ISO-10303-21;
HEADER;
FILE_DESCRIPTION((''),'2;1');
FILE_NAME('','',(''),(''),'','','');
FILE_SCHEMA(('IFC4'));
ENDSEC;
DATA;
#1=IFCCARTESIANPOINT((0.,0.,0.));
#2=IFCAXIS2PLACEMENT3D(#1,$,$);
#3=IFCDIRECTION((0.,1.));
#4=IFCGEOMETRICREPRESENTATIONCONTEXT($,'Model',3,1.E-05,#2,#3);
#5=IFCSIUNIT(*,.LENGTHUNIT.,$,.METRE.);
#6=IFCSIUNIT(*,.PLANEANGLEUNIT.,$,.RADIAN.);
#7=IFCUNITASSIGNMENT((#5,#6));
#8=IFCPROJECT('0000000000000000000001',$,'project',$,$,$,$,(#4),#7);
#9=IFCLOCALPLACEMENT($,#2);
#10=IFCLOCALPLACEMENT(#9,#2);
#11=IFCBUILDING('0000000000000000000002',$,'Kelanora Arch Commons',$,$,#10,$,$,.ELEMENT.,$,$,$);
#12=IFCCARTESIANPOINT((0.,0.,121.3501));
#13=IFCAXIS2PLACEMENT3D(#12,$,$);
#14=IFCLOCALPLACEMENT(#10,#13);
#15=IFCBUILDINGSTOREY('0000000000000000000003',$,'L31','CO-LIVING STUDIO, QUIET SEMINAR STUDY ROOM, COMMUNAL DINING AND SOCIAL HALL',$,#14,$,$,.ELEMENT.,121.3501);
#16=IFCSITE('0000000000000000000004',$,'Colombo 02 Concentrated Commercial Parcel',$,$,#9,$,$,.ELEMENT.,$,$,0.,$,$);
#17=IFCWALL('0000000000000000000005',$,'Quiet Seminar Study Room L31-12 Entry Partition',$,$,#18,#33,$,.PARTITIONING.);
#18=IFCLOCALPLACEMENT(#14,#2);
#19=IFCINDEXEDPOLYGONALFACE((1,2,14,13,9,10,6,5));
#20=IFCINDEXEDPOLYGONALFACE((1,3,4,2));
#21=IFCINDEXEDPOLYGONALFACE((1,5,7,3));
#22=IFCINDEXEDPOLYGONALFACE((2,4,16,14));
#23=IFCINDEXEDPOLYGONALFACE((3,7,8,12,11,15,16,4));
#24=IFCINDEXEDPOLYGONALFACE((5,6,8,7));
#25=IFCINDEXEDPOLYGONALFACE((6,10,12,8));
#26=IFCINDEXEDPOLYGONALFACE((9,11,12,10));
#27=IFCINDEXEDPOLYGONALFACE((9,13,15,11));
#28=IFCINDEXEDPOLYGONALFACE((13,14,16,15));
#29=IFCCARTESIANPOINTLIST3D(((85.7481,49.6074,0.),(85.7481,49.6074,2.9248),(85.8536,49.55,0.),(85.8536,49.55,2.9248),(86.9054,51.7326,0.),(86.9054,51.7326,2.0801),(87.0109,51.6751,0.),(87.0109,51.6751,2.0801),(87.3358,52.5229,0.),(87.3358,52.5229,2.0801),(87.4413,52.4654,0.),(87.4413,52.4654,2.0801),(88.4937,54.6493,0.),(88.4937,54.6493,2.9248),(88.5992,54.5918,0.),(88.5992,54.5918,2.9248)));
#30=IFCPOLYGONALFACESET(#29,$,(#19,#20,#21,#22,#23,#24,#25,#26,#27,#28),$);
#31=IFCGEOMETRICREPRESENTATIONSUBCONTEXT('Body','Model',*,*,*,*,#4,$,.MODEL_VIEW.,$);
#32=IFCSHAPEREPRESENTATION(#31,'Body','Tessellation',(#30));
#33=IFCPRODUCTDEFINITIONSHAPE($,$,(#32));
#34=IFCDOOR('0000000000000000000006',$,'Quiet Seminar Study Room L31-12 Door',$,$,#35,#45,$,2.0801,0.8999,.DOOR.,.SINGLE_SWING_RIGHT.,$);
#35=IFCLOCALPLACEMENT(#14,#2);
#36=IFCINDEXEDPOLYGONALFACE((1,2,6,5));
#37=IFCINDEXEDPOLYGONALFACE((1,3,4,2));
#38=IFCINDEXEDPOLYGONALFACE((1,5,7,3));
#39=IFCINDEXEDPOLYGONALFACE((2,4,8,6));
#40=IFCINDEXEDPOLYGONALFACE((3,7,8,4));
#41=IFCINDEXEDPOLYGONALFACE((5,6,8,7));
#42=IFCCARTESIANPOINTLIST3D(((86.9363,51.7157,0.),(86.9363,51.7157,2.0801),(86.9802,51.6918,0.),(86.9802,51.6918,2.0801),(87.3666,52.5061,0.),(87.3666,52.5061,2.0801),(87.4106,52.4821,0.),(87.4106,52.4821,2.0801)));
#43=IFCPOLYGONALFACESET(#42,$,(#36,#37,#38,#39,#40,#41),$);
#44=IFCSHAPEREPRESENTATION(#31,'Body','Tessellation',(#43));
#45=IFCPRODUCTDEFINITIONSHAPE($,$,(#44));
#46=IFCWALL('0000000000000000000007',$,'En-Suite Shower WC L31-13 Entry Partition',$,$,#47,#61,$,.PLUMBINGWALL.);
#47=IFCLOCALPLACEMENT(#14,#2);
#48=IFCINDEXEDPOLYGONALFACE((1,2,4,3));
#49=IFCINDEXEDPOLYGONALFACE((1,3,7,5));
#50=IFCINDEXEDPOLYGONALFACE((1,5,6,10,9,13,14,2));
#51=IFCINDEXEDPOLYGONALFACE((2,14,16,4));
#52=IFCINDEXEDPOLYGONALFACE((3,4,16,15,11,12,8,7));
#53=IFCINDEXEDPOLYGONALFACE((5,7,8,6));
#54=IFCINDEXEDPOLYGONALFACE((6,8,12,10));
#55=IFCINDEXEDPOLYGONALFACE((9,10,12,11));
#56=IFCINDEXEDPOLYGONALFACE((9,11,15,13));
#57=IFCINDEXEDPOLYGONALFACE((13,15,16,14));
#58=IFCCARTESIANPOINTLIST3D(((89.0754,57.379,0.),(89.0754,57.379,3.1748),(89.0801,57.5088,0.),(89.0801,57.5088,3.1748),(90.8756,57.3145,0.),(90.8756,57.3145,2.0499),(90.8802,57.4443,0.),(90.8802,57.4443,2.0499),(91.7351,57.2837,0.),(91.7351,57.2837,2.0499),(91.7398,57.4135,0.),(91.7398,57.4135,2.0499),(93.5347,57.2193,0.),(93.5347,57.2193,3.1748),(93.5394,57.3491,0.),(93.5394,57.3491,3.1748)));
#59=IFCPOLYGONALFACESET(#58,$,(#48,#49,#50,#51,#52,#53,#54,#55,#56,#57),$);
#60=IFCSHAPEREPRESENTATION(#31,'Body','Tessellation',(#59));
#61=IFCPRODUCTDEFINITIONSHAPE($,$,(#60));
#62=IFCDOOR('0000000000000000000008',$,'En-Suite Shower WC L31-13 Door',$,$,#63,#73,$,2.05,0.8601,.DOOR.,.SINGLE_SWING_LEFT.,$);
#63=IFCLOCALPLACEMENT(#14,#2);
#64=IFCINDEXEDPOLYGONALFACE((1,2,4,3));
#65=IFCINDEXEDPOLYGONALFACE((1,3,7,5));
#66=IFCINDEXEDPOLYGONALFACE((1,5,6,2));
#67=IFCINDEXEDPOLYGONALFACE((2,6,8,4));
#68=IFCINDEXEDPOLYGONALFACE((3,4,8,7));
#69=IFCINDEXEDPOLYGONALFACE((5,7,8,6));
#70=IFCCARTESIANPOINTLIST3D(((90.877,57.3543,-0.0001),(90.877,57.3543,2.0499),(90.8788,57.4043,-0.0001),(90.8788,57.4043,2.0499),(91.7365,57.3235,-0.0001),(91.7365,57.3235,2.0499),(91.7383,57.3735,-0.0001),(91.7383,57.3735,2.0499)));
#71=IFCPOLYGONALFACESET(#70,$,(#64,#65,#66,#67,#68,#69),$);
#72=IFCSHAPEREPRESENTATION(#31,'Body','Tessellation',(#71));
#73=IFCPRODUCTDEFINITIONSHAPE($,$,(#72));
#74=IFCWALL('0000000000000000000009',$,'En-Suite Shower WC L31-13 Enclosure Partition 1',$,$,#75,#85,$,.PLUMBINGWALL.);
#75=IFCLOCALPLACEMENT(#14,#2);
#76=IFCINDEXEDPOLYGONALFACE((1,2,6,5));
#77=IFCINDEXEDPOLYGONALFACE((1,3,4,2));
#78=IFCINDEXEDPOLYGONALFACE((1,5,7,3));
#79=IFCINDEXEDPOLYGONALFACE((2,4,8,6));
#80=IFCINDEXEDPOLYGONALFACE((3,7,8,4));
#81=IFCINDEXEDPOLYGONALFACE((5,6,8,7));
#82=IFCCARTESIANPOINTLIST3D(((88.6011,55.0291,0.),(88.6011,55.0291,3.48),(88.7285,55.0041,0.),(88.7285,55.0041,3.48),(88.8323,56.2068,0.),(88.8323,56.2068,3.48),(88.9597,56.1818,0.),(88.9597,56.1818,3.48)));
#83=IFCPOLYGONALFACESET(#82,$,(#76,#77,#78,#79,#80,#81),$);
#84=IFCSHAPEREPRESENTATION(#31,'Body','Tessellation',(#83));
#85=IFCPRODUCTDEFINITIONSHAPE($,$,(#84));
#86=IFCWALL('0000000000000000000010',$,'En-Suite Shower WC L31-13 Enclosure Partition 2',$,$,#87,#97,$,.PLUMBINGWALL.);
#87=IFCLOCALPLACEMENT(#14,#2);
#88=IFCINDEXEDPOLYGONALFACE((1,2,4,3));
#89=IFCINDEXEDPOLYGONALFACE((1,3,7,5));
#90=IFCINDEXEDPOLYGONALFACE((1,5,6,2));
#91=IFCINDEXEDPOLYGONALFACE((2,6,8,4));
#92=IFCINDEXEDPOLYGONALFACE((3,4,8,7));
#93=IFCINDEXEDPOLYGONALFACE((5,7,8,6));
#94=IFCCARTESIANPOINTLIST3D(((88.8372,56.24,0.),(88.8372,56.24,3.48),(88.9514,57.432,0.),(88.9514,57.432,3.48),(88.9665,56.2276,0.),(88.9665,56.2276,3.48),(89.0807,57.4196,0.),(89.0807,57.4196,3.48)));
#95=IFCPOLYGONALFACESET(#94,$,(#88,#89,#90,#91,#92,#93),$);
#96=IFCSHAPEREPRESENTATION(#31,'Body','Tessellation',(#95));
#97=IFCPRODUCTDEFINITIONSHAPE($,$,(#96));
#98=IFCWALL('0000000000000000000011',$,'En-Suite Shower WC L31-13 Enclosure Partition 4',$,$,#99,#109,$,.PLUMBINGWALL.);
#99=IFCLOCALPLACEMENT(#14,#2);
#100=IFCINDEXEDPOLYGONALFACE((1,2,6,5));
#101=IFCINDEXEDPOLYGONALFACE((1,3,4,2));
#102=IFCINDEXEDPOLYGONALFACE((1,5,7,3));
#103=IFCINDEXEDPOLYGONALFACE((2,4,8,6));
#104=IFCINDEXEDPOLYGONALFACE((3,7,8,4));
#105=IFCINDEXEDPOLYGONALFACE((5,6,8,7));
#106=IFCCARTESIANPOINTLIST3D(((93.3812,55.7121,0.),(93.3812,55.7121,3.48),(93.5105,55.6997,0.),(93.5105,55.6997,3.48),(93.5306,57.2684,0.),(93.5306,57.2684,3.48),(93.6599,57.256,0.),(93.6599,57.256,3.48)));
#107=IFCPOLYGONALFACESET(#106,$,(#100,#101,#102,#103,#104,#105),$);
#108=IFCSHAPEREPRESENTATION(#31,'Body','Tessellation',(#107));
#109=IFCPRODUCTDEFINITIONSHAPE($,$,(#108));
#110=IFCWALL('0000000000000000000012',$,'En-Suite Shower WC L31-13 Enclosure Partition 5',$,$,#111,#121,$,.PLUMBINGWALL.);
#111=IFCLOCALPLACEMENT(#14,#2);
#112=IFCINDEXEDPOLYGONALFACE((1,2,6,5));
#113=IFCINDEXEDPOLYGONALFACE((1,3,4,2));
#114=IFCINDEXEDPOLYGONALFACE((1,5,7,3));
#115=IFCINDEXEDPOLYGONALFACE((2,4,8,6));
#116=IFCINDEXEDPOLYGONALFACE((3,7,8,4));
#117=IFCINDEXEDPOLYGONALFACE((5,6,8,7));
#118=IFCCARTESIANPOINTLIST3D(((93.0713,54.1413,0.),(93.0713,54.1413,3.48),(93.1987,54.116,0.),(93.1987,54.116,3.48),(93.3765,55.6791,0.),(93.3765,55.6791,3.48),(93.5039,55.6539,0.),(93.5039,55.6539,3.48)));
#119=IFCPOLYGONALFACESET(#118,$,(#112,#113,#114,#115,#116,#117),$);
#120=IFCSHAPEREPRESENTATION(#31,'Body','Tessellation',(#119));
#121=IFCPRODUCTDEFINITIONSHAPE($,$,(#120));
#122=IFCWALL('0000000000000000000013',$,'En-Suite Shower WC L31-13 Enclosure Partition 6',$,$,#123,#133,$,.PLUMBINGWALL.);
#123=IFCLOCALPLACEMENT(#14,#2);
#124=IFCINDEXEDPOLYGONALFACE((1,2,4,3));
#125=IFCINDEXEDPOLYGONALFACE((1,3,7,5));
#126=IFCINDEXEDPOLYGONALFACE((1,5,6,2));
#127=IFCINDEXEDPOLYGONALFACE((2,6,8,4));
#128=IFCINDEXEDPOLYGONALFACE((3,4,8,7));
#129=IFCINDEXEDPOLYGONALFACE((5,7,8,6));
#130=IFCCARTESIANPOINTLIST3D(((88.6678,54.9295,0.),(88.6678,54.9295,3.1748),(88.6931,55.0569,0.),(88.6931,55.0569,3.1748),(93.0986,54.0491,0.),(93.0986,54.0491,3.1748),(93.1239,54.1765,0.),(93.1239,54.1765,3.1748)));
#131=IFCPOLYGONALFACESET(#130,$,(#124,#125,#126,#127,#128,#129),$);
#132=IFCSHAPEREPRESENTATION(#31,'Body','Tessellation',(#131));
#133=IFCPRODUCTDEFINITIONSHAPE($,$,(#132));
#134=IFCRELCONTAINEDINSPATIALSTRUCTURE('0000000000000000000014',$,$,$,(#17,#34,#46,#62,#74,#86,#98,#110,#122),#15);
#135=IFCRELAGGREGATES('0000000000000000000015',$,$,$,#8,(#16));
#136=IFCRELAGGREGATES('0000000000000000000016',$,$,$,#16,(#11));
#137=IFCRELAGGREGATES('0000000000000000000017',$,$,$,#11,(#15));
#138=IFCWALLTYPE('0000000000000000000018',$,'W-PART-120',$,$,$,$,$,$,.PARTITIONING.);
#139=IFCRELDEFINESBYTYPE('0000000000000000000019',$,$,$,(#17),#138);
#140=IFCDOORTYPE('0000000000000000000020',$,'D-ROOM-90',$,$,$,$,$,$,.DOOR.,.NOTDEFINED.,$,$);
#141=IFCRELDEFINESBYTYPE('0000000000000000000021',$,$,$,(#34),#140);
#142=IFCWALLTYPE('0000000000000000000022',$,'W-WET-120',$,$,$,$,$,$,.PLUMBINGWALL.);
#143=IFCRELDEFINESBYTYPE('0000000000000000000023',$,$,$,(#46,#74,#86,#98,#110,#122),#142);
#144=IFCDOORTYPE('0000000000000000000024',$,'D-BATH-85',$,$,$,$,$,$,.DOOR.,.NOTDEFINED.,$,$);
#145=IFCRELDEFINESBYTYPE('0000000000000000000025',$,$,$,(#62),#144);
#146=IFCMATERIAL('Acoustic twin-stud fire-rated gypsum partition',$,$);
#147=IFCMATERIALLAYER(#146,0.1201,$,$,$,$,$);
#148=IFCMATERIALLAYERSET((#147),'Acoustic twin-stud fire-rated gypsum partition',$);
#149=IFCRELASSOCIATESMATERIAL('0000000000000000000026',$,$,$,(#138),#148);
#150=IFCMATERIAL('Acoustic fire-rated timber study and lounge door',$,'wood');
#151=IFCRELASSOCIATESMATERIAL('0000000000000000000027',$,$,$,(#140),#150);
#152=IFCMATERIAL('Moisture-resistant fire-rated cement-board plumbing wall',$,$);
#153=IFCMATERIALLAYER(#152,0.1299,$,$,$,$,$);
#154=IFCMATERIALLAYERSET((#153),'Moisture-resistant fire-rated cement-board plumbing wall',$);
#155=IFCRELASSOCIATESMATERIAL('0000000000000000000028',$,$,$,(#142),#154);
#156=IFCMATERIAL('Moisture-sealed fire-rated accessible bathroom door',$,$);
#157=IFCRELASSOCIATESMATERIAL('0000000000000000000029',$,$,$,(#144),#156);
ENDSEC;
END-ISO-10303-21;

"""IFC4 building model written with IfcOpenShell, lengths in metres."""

from ifc_helpers import new_model, si_unit, direction, frame, frame_2d, origin, place, context, subcontext, project, spatial, rectangle, extrude, material, layer, layer_set, type_object, element, fill, save


model = new_model("IFC4")

# Units and contexts
model_context = context("Model", 3, precision=1e-05, world=origin(), true_north=direction((0.0, 1.0)))
body_context = subcontext(model_context, "Body", "Model", "MODEL_VIEW")
ifc_project = project(units=[si_unit("LENGTHUNIT", "METRE"), si_unit("PLANEANGLEUNIT", "RADIAN")], contexts=[model_context])

# Site, building, storey
site_placement = place(None, origin())
site = spatial("IfcSite", under=ifc_project, at=site_placement, Name="Colombo 02 Concentrated Commercial Parcel", CompositionType="ELEMENT", RefElevation=0.0)
building_placement = place(site_placement, origin())
building = spatial("IfcBuilding", under=site, at=building_placement, Name="Kelanora Arch Commons", CompositionType="ELEMENT")
storey_placement = place(building_placement, frame((0.0, 0.0, 121.3501)))
storey = spatial("IfcBuildingStorey", under=building, at=storey_placement, Name="L31", Description="CO-LIVING STUDIO, QUIET SEMINAR STUDY ROOM, COMMUNAL DINING AND SOCIAL HALL", CompositionType="ELEMENT", Elevation=121.3501)

# Walls, openings, doors
ifc_material_1 = material(Name="Acoustic twin-stud fire-rated gypsum partition")
ifc_layer_1 = layer(ifc_material_1, 0.1201)
ifc_layer_set_1 = layer_set([ifc_layer_1], Name="Acoustic twin-stud fire-rated gypsum partition")
wall_type_1 = type_object("IfcWallType", Name="W-PART-120", PredefinedType="PARTITIONING", material=ifc_layer_set_1)
wall_1_placement = place(storey_placement, frame((85.8008, 49.5786, 0.0), z_axis=(0.0, 0.0, 1.0), x_axis=(0.478256, 0.87822, 0.0)))
wall_1 = element("IfcWall", 1, at=wall_1_placement, inside=storey, type_object=wall_type_1, Name="Quiet Seminar Study Room L31-12 Entry Partition", PredefinedType="PARTITIONING", context=body_context, shape_type="SweptSolid", body=[
    extrude(rectangle(XDim=5.741, YDim=0.1201, at=frame_2d((2.8706, 0.0))), origin(), (0.0, 0.0, 1.0), 2.9248),
])
opening_1_placement = place(wall_1_placement, frame((2.4199, 0.0, 0.0)))
opening_1 = element("IfcOpeningElement", 2, at=opening_1_placement, cuts=wall_1, PredefinedType="OPENING", context=body_context, shape_type="SweptSolid", body=[
    extrude(rectangle(XDim=0.8999, YDim=2.0801, at=frame_2d((0.45, 1.04))), frame((0.0, 0.0701, 0.0), z_axis=(0.0, -1.0, 0.0), x_axis=(1.0, 0.0, 0.0)), (0.0, 0.0, 1.0), 0.1401),
])
ifc_material_2 = material(Name="Acoustic fire-rated timber study and lounge door", Category="wood")
door_type_1 = type_object("IfcDoorType", Name="D-ROOM-90", OperationType="NOTDEFINED", PredefinedType="DOOR", material=ifc_material_2)
door_1_placement = place(opening_1_placement, origin())
door_1 = element("IfcDoor", 3, at=door_1_placement, inside=storey, type_object=door_type_1, Name="Quiet Seminar Study Room L31-12 Door", OperationType="SINGLE_SWING_RIGHT", OverallHeight=2.0801, OverallWidth=0.8999, PredefinedType="DOOR", context=body_context, shape_type="SweptSolid", body=[
    extrude(rectangle(XDim=0.8999, YDim=2.0801, at=frame_2d((0.45, 1.04))), frame((0.0, 0.0249, 0.0), z_axis=(0.0, -1.0, 0.0), x_axis=(1.0, 0.0, 0.0)), (0.0, 0.0, 1.0), 0.05),
])
fill(opening_1, door_1)
ifc_material_3 = material(Name="Moisture-resistant fire-rated cement-board plumbing wall")
ifc_layer_2 = layer(ifc_material_3, 0.1299)
ifc_layer_set_2 = layer_set([ifc_layer_2], Name="Moisture-resistant fire-rated cement-board plumbing wall")
wall_type_2 = type_object("IfcWallType", Name="W-WET-120", PredefinedType="PLUMBINGWALL", material=ifc_layer_set_2)
wall_2_placement = place(storey_placement, frame((89.0779, 57.4438, 0.0), z_axis=(0.0, 0.0, 1.0), x_axis=(0.99936, -0.035783, 0.0)))
wall_2 = element("IfcWall", 4, at=wall_2_placement, inside=storey, type_object=wall_type_2, Name="En-Suite Shower WC L31-13 Entry Partition", PredefinedType="PLUMBINGWALL", context=body_context, shape_type="SweptSolid", body=[
    extrude(rectangle(XDim=4.4622, YDim=0.1299, at=frame_2d((2.231, 0.0))), origin(), (0.0, 0.0, 1.0), 3.1748),
])
opening_2_placement = place(wall_2_placement, frame((1.801, 0.0, 0.0)))
opening_2 = element("IfcOpeningElement", 5, at=opening_2_placement, cuts=wall_2, PredefinedType="OPENING", context=body_context, shape_type="SweptSolid", body=[
    extrude(rectangle(XDim=0.8601, YDim=2.05, at=frame_2d((0.4302, 1.0249))), frame((0.0, 0.075, 0.0), z_axis=(0.0, -1.0, 0.0), x_axis=(1.0, 0.0, 0.0)), (0.0, 0.0, 1.0), 0.1499),
])
ifc_material_4 = material(Name="Moisture-sealed fire-rated accessible bathroom door")
door_type_2 = type_object("IfcDoorType", Name="D-BATH-85", OperationType="NOTDEFINED", PredefinedType="DOOR", material=ifc_material_4)
door_2_placement = place(opening_2_placement, origin())
door_2 = element("IfcDoor", 6, at=door_2_placement, inside=storey, type_object=door_type_2, Name="En-Suite Shower WC L31-13 Door", OperationType="SINGLE_SWING_LEFT", OverallHeight=2.05, OverallWidth=0.8601, PredefinedType="DOOR", context=body_context, shape_type="SweptSolid", body=[
    extrude(rectangle(XDim=0.8601, YDim=2.05, at=frame_2d((0.4302, 1.0249))), frame((0.0, 0.0249, 0.0), z_axis=(0.0, -1.0, 0.0), x_axis=(1.0, 0.0, 0.0)), (0.0, 0.0, 1.0), 0.05),
])
fill(opening_2, door_2)

# Walls
wall_3_placement = place(storey_placement, frame((88.6648, 55.0166, 0.0), z_axis=(0.0, 0.0, 1.0), x_axis=(0.192633, 0.981271, 0.0)))
element("IfcWall", 7, at=wall_3_placement, inside=storey, type_object=wall_type_2, Name="En-Suite Shower WC L31-13 Enclosure Partition 1", PredefinedType="PLUMBINGWALL", context=body_context, shape_type="SweptSolid", body=[
    extrude(rectangle(XDim=1.2002, YDim=0.1299, at=frame_2d((0.6001, 0.0))), origin(), (0.0, 0.0, 1.0), 3.48),
])
wall_4_placement = place(storey_placement, frame((88.9019, 56.2339, 0.0), z_axis=(0.0, 0.0, 1.0), x_axis=(0.095406, 0.995438, 0.0)))
element("IfcWall", 8, at=wall_4_placement, inside=storey, type_object=wall_type_2, Name="En-Suite Shower WC L31-13 Enclosure Partition 2", PredefinedType="PLUMBINGWALL", context=body_context, shape_type="SweptSolid", body=[
    extrude(rectangle(XDim=1.1975, YDim=0.1299, at=frame_2d((0.5986, 0.0))), origin(), (0.0, 0.0, 1.0), 3.48),
])
wall_5_placement = place(storey_placement, frame((93.5952, 57.2622, 0.0), z_axis=(0.0, 0.0, 1.0), x_axis=(-0.095561, -0.995424, 0.0)))
element("IfcWall", 9, at=wall_5_placement, inside=storey, type_object=wall_type_2, Name="En-Suite Shower WC L31-13 Enclosure Partition 4", PredefinedType="PLUMBINGWALL", context=body_context, shape_type="SweptSolid", body=[
    extrude(rectangle(XDim=1.5635, YDim=0.1299, at=frame_2d((0.7817, 0.0))), origin(), (0.0, 0.0, 1.0), 3.48),
])
wall_6_placement = place(storey_placement, frame((93.4402, 55.6665, 0.0), z_axis=(0.0, 0.0, 1.0), x_axis=(-0.194649, -0.980873, 0.0)))
element("IfcWall", 10, at=wall_6_placement, inside=storey, type_object=wall_type_2, Name="En-Suite Shower WC L31-13 Enclosure Partition 5", PredefinedType="PLUMBINGWALL", context=body_context, shape_type="SweptSolid", body=[
    extrude(rectangle(XDim=1.5679, YDim=0.1299, at=frame_2d((0.7839, 0.0))), origin(), (0.0, 0.0, 1.0), 3.48),
])
wall_7_placement = place(storey_placement, frame((93.1113, 54.1128, 0.0), z_axis=(0.0, 0.0, 1.0), x_axis=(-0.980825, 0.19489, 0.0)))
element("IfcWall", 11, at=wall_7_placement, inside=storey, type_object=wall_type_2, Name="En-Suite Shower WC L31-13 Enclosure Partition 6", PredefinedType="PLUMBINGWALL", context=body_context, shape_type="SweptSolid", body=[
    extrude(rectangle(XDim=4.5173, YDim=0.1299, at=frame_2d((2.2588, 0.0))), origin(), (0.0, 0.0, 1.0), 3.1748),
])

save(model, "model.ifc")
